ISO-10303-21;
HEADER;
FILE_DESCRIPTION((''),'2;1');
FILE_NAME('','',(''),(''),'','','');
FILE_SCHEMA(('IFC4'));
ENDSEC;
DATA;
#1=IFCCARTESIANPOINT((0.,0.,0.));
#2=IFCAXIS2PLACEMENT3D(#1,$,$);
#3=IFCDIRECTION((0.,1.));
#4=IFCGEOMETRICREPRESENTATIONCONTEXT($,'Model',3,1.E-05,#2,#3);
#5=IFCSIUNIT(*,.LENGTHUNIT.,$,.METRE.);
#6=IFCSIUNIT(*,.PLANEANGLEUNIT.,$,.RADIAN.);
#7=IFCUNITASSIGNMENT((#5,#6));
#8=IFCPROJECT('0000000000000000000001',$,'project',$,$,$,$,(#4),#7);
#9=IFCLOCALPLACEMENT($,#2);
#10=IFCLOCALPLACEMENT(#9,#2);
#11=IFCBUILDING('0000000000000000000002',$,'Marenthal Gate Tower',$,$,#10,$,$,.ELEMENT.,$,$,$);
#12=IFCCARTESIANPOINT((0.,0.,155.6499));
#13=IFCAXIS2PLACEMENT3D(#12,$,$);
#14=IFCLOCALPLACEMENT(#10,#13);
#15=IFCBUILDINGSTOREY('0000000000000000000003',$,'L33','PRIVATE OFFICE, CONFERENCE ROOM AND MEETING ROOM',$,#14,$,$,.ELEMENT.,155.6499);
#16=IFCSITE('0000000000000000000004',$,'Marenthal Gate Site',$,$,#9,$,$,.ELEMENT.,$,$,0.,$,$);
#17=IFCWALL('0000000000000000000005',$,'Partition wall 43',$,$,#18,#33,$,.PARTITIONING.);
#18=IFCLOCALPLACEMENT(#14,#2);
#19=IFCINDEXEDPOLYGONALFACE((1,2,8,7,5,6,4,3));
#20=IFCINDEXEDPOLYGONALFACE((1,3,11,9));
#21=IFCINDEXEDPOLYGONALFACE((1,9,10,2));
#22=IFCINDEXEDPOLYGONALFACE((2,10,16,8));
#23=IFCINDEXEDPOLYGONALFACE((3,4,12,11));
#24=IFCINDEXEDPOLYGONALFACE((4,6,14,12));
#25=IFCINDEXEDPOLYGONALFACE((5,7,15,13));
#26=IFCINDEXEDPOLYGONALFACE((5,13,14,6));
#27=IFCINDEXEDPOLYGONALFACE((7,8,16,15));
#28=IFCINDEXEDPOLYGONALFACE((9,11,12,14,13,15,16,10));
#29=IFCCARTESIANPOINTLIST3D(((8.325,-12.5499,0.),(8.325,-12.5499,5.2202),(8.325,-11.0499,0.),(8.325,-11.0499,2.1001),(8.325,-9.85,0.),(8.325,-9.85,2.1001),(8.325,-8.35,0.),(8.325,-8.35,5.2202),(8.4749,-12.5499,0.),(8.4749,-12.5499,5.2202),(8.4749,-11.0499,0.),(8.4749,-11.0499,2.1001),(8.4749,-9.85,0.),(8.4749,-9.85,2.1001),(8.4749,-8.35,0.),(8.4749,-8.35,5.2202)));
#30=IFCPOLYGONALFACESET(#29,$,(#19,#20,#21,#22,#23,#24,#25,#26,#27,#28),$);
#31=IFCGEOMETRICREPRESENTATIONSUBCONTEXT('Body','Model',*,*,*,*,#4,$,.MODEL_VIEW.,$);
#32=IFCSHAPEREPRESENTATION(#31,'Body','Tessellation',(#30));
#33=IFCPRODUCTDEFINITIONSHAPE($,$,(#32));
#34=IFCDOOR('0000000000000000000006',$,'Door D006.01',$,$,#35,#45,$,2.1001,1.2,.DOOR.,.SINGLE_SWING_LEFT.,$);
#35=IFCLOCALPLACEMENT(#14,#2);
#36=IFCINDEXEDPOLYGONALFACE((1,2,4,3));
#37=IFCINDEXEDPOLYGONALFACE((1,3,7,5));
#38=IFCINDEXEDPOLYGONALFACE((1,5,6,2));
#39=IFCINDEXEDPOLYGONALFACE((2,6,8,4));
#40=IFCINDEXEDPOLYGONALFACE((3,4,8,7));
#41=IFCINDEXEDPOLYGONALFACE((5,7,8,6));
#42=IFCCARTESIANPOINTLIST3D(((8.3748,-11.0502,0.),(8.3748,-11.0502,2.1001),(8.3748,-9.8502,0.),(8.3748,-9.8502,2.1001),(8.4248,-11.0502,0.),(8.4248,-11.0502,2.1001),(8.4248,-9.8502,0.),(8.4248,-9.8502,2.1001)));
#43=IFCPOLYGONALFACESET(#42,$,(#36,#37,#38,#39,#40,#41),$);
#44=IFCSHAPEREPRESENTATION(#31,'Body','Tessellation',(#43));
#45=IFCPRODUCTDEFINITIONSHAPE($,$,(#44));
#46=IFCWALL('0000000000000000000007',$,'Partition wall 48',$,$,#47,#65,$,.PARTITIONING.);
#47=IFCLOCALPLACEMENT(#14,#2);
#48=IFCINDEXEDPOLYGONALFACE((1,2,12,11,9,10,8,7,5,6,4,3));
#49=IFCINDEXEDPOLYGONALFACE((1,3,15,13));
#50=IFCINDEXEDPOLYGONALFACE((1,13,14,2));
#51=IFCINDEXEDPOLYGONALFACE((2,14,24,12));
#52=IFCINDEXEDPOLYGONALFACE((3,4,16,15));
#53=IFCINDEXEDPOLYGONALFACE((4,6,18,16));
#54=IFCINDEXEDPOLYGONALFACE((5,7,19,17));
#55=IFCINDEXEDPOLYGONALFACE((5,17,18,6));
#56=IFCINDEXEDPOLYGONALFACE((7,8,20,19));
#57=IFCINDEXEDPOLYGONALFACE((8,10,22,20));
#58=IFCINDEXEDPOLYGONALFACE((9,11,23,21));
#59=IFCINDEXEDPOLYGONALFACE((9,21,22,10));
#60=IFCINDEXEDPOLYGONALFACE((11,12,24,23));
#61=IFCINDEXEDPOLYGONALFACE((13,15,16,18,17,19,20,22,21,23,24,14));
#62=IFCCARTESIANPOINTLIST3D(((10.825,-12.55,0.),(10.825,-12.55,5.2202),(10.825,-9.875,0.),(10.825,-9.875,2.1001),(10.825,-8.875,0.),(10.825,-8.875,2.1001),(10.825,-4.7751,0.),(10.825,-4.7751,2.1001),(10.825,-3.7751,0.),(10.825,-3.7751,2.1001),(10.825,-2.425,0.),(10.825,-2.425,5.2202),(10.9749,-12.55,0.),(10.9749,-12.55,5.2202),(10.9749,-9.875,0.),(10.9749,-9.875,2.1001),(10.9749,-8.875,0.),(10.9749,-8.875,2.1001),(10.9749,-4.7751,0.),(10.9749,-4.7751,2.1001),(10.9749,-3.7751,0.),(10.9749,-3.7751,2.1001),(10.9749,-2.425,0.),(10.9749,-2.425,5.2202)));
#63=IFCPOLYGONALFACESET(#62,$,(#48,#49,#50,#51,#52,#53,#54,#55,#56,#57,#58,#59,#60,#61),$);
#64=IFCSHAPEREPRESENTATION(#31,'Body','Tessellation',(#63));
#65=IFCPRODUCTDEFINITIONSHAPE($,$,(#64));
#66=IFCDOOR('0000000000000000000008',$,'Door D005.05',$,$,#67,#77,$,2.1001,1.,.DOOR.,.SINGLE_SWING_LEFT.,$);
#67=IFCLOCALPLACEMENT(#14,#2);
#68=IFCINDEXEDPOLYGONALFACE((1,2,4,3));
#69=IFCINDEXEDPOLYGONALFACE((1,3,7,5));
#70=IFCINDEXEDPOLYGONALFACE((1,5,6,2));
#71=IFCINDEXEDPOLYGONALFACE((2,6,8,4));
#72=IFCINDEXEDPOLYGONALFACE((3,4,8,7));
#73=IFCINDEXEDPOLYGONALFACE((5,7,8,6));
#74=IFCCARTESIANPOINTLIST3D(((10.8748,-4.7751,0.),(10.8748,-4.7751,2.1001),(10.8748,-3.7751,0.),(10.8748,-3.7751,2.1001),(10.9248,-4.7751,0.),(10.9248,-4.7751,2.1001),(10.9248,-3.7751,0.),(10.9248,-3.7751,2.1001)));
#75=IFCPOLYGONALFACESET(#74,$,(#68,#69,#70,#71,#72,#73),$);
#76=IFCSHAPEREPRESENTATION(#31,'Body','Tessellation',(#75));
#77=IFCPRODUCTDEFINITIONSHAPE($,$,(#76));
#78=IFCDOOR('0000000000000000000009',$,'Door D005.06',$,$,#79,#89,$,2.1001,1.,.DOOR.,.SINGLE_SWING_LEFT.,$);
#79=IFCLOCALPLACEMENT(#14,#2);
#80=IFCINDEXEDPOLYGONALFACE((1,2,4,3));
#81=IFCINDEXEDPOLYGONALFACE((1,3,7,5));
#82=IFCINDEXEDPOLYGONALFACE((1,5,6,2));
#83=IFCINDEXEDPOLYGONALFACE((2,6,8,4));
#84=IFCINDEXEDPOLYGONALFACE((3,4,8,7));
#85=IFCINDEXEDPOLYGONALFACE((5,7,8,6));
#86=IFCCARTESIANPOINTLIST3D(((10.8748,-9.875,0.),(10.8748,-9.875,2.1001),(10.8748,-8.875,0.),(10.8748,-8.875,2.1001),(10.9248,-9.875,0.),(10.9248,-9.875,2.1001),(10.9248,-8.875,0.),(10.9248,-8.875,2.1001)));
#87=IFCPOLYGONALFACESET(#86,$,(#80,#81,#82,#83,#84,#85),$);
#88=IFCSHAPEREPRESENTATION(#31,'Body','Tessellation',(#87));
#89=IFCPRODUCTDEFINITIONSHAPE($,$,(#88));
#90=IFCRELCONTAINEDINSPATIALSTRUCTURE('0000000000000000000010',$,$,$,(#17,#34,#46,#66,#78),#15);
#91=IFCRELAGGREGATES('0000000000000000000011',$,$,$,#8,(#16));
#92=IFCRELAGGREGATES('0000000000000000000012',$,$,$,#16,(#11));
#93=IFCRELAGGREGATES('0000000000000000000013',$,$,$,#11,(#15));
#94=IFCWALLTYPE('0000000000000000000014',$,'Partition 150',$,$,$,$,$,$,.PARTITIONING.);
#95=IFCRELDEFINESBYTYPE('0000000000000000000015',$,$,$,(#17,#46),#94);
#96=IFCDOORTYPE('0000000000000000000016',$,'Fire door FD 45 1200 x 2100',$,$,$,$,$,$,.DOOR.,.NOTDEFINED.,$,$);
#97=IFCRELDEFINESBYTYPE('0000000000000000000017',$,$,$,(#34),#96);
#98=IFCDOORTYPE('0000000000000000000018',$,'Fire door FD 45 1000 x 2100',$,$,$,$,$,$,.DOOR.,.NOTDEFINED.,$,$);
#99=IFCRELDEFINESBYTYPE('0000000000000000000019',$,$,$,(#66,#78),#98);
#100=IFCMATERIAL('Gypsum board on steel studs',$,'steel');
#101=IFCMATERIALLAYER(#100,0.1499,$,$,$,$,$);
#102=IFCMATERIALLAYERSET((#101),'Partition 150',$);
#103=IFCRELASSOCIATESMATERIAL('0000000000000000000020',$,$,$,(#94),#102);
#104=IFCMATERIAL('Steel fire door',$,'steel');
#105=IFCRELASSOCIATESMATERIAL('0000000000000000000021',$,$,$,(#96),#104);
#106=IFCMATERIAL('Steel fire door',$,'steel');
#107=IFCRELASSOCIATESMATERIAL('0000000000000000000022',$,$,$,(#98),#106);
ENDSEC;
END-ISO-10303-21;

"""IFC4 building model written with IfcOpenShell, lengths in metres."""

from ifc_helpers import new_model, si_unit, direction, frame, frame_2d, origin, place, context, subcontext, project, spatial, rectangle, extrude, material, layer, layer_set, type_object, element, fill, save


model = new_model("IFC4")

# Units and contexts
model_context = context("Model", 3, precision=1e-05, world=origin(), true_north=direction((0.0, 1.0)))
body_context = subcontext(model_context, "Body", "Model", "MODEL_VIEW")
ifc_project = project(units=[si_unit("LENGTHUNIT", "METRE"), si_unit("PLANEANGLEUNIT", "RADIAN")], contexts=[model_context])

# Site, building, storey
site_placement = place(None, origin())
site = spatial("IfcSite", under=ifc_project, at=site_placement, Name="Marenthal Gate Site", CompositionType="ELEMENT", RefElevation=0.0)
building_placement = place(site_placement, origin())
building = spatial("IfcBuilding", under=site, at=building_placement, Name="Marenthal Gate Tower", CompositionType="ELEMENT")
storey_placement = place(building_placement, frame((0.0, 0.0, 155.6499)))
storey = spatial("IfcBuildingStorey", under=building, at=storey_placement, Name="L33", Description="PRIVATE OFFICE, CONFERENCE ROOM AND MEETING ROOM", CompositionType="ELEMENT", Elevation=155.6499)

# Shared definitions
ifc_material_1 = material(Name="Gypsum board on steel studs", Category="steel")
ifc_layer_1 = layer(ifc_material_1, 0.1499)
ifc_layer_set_1 = layer_set([ifc_layer_1], Name="Partition 150")
wall_type_1 = type_object("IfcWallType", Name="Partition 150", PredefinedType="PARTITIONING", material=ifc_layer_set_1)

# Wall, opening, door
wall_1_placement = place(storey_placement, frame((8.3999, -12.55, 0.0), z_axis=(0.0, 0.0, 1.0), x_axis=(0.0, 1.0, 0.0)))
wall_1 = element("IfcWall", 1, at=wall_1_placement, inside=storey, type_object=wall_type_1, Name="Partition wall 43", PredefinedType="PARTITIONING", context=body_context, shape_type="SweptSolid", body=[
    extrude(rectangle(XDim=4.2, YDim=0.1499, at=frame_2d((2.1001, 0.0))), origin(), (0.0, 0.0, 1.0), 5.2202),
])
opening_1_placement = place(wall_1_placement, frame((1.5, 0.0, 0.0)))
opening_1 = element("IfcOpeningElement", 2, at=opening_1_placement, cuts=wall_1, PredefinedType="OPENING", context=body_context, shape_type="SweptSolid", body=[
    extrude(rectangle(XDim=1.2, YDim=2.1001, at=frame_2d((0.6001, 1.05))), frame((0.0, 0.085, 0.0), z_axis=(0.0, -1.0, 0.0), x_axis=(1.0, 0.0, 0.0)), (0.0, 0.0, 1.0), 0.1699),
])
ifc_material_2 = material(Name="Steel fire door", Category="steel")
door_type_1 = type_object("IfcDoorType", Name="Fire door FD 45 1200 x 2100", OperationType="NOTDEFINED", PredefinedType="DOOR", material=ifc_material_2)
door_1_placement = place(opening_1_placement, frame((1.2, 0.0, 0.0), z_axis=(0.0, 0.0, 1.0), x_axis=(-1.0, 0.0, 0.0)))
door_1 = element("IfcDoor", 3, at=door_1_placement, inside=storey, type_object=door_type_1, Name="Door D006.01", OperationType="SINGLE_SWING_LEFT", OverallHeight=2.1001, OverallWidth=1.2, PredefinedType="DOOR", context=body_context, shape_type="SweptSolid", body=[
    extrude(rectangle(XDim=1.2, YDim=2.1001, at=frame_2d((0.6001, 1.05))), frame((0.0, 0.0249, 0.0), z_axis=(0.0, -1.0, 0.0), x_axis=(1.0, 0.0, 0.0)), (0.0, 0.0, 1.0), 0.05),
])
fill(opening_1, door_1)

# Wall, openings, doors
wall_2_placement = place(storey_placement, frame((10.8999, -12.55, 0.0), z_axis=(0.0, 0.0, 1.0), x_axis=(0.0, 1.0, 0.0)))
wall_2 = element("IfcWall", 4, at=wall_2_placement, inside=storey, type_object=wall_type_1, Name="Partition wall 48", PredefinedType="PARTITIONING", context=body_context, shape_type="SweptSolid", body=[
    extrude(rectangle(XDim=10.125, YDim=0.1499, at=frame_2d((5.0625, 0.0))), origin(), (0.0, 0.0, 1.0), 5.2202),
])
opening_2_placement = place(wall_2_placement, frame((7.7749, 0.0, 0.0)))
opening_2 = element("IfcOpeningElement", 5, at=opening_2_placement, cuts=wall_2, PredefinedType="OPENING", context=body_context, shape_type="SweptSolid", body=[
    extrude(rectangle(XDim=1.0, YDim=2.1001, at=frame_2d((0.5, 1.05))), frame((0.0, 0.085, 0.0), z_axis=(0.0, -1.0, 0.0), x_axis=(1.0, 0.0, 0.0)), (0.0, 0.0, 1.0), 0.1699),
])
opening_3_placement = place(wall_2_placement, frame((2.675, 0.0, 0.0)))
opening_3 = element("IfcOpeningElement", 6, at=opening_3_placement, cuts=wall_2, PredefinedType="OPENING", context=body_context, shape_type="SweptSolid", body=[
    extrude(rectangle(XDim=1.0, YDim=2.1001, at=frame_2d((0.5, 1.05))), frame((0.0, 0.085, 0.0), z_axis=(0.0, -1.0, 0.0), x_axis=(1.0, 0.0, 0.0)), (0.0, 0.0, 1.0), 0.1699),
])
ifc_material_3 = material(Name="Steel fire door", Category="steel")
door_type_2 = type_object("IfcDoorType", Name="Fire door FD 45 1000 x 2100", OperationType="NOTDEFINED", PredefinedType="DOOR", material=ifc_material_3)
door_2_placement = place(opening_2_placement, frame((1.0, 0.0, 0.0), z_axis=(0.0, 0.0, 1.0), x_axis=(-1.0, 0.0, 0.0)))
door_2 = element("IfcDoor", 7, at=door_2_placement, inside=storey, type_object=door_type_2, Name="Door D005.05", OperationType="SINGLE_SWING_LEFT", OverallHeight=2.1001, OverallWidth=1.0, PredefinedType="DOOR", context=body_context, shape_type="SweptSolid", body=[
    extrude(rectangle(XDim=1.0, YDim=2.1001, at=frame_2d((0.5, 1.05))), frame((0.0, 0.0249, 0.0), z_axis=(0.0, -1.0, 0.0), x_axis=(1.0, 0.0, 0.0)), (0.0, 0.0, 1.0), 0.05),
])
fill(opening_2, door_2)
door_3_placement = place(opening_3_placement, frame((1.0, 0.0, 0.0), z_axis=(0.0, 0.0, 1.0), x_axis=(-1.0, 0.0, 0.0)))
door_3 = element("IfcDoor", 8, at=door_3_placement, inside=storey, type_object=door_type_2, Name="Door D005.06", OperationType="SINGLE_SWING_LEFT", OverallHeight=2.1001, OverallWidth=1.0, PredefinedType="DOOR", context=body_context, shape_type="SweptSolid", body=[
    extrude(rectangle(XDim=1.0, YDim=2.1001, at=frame_2d((0.5, 1.05))), frame((0.0, 0.0249, 0.0), z_axis=(0.0, -1.0, 0.0), x_axis=(1.0, 0.0, 0.0)), (0.0, 0.0, 1.0), 0.05),
])
fill(opening_3, door_3)

save(model, "model.ifc")
